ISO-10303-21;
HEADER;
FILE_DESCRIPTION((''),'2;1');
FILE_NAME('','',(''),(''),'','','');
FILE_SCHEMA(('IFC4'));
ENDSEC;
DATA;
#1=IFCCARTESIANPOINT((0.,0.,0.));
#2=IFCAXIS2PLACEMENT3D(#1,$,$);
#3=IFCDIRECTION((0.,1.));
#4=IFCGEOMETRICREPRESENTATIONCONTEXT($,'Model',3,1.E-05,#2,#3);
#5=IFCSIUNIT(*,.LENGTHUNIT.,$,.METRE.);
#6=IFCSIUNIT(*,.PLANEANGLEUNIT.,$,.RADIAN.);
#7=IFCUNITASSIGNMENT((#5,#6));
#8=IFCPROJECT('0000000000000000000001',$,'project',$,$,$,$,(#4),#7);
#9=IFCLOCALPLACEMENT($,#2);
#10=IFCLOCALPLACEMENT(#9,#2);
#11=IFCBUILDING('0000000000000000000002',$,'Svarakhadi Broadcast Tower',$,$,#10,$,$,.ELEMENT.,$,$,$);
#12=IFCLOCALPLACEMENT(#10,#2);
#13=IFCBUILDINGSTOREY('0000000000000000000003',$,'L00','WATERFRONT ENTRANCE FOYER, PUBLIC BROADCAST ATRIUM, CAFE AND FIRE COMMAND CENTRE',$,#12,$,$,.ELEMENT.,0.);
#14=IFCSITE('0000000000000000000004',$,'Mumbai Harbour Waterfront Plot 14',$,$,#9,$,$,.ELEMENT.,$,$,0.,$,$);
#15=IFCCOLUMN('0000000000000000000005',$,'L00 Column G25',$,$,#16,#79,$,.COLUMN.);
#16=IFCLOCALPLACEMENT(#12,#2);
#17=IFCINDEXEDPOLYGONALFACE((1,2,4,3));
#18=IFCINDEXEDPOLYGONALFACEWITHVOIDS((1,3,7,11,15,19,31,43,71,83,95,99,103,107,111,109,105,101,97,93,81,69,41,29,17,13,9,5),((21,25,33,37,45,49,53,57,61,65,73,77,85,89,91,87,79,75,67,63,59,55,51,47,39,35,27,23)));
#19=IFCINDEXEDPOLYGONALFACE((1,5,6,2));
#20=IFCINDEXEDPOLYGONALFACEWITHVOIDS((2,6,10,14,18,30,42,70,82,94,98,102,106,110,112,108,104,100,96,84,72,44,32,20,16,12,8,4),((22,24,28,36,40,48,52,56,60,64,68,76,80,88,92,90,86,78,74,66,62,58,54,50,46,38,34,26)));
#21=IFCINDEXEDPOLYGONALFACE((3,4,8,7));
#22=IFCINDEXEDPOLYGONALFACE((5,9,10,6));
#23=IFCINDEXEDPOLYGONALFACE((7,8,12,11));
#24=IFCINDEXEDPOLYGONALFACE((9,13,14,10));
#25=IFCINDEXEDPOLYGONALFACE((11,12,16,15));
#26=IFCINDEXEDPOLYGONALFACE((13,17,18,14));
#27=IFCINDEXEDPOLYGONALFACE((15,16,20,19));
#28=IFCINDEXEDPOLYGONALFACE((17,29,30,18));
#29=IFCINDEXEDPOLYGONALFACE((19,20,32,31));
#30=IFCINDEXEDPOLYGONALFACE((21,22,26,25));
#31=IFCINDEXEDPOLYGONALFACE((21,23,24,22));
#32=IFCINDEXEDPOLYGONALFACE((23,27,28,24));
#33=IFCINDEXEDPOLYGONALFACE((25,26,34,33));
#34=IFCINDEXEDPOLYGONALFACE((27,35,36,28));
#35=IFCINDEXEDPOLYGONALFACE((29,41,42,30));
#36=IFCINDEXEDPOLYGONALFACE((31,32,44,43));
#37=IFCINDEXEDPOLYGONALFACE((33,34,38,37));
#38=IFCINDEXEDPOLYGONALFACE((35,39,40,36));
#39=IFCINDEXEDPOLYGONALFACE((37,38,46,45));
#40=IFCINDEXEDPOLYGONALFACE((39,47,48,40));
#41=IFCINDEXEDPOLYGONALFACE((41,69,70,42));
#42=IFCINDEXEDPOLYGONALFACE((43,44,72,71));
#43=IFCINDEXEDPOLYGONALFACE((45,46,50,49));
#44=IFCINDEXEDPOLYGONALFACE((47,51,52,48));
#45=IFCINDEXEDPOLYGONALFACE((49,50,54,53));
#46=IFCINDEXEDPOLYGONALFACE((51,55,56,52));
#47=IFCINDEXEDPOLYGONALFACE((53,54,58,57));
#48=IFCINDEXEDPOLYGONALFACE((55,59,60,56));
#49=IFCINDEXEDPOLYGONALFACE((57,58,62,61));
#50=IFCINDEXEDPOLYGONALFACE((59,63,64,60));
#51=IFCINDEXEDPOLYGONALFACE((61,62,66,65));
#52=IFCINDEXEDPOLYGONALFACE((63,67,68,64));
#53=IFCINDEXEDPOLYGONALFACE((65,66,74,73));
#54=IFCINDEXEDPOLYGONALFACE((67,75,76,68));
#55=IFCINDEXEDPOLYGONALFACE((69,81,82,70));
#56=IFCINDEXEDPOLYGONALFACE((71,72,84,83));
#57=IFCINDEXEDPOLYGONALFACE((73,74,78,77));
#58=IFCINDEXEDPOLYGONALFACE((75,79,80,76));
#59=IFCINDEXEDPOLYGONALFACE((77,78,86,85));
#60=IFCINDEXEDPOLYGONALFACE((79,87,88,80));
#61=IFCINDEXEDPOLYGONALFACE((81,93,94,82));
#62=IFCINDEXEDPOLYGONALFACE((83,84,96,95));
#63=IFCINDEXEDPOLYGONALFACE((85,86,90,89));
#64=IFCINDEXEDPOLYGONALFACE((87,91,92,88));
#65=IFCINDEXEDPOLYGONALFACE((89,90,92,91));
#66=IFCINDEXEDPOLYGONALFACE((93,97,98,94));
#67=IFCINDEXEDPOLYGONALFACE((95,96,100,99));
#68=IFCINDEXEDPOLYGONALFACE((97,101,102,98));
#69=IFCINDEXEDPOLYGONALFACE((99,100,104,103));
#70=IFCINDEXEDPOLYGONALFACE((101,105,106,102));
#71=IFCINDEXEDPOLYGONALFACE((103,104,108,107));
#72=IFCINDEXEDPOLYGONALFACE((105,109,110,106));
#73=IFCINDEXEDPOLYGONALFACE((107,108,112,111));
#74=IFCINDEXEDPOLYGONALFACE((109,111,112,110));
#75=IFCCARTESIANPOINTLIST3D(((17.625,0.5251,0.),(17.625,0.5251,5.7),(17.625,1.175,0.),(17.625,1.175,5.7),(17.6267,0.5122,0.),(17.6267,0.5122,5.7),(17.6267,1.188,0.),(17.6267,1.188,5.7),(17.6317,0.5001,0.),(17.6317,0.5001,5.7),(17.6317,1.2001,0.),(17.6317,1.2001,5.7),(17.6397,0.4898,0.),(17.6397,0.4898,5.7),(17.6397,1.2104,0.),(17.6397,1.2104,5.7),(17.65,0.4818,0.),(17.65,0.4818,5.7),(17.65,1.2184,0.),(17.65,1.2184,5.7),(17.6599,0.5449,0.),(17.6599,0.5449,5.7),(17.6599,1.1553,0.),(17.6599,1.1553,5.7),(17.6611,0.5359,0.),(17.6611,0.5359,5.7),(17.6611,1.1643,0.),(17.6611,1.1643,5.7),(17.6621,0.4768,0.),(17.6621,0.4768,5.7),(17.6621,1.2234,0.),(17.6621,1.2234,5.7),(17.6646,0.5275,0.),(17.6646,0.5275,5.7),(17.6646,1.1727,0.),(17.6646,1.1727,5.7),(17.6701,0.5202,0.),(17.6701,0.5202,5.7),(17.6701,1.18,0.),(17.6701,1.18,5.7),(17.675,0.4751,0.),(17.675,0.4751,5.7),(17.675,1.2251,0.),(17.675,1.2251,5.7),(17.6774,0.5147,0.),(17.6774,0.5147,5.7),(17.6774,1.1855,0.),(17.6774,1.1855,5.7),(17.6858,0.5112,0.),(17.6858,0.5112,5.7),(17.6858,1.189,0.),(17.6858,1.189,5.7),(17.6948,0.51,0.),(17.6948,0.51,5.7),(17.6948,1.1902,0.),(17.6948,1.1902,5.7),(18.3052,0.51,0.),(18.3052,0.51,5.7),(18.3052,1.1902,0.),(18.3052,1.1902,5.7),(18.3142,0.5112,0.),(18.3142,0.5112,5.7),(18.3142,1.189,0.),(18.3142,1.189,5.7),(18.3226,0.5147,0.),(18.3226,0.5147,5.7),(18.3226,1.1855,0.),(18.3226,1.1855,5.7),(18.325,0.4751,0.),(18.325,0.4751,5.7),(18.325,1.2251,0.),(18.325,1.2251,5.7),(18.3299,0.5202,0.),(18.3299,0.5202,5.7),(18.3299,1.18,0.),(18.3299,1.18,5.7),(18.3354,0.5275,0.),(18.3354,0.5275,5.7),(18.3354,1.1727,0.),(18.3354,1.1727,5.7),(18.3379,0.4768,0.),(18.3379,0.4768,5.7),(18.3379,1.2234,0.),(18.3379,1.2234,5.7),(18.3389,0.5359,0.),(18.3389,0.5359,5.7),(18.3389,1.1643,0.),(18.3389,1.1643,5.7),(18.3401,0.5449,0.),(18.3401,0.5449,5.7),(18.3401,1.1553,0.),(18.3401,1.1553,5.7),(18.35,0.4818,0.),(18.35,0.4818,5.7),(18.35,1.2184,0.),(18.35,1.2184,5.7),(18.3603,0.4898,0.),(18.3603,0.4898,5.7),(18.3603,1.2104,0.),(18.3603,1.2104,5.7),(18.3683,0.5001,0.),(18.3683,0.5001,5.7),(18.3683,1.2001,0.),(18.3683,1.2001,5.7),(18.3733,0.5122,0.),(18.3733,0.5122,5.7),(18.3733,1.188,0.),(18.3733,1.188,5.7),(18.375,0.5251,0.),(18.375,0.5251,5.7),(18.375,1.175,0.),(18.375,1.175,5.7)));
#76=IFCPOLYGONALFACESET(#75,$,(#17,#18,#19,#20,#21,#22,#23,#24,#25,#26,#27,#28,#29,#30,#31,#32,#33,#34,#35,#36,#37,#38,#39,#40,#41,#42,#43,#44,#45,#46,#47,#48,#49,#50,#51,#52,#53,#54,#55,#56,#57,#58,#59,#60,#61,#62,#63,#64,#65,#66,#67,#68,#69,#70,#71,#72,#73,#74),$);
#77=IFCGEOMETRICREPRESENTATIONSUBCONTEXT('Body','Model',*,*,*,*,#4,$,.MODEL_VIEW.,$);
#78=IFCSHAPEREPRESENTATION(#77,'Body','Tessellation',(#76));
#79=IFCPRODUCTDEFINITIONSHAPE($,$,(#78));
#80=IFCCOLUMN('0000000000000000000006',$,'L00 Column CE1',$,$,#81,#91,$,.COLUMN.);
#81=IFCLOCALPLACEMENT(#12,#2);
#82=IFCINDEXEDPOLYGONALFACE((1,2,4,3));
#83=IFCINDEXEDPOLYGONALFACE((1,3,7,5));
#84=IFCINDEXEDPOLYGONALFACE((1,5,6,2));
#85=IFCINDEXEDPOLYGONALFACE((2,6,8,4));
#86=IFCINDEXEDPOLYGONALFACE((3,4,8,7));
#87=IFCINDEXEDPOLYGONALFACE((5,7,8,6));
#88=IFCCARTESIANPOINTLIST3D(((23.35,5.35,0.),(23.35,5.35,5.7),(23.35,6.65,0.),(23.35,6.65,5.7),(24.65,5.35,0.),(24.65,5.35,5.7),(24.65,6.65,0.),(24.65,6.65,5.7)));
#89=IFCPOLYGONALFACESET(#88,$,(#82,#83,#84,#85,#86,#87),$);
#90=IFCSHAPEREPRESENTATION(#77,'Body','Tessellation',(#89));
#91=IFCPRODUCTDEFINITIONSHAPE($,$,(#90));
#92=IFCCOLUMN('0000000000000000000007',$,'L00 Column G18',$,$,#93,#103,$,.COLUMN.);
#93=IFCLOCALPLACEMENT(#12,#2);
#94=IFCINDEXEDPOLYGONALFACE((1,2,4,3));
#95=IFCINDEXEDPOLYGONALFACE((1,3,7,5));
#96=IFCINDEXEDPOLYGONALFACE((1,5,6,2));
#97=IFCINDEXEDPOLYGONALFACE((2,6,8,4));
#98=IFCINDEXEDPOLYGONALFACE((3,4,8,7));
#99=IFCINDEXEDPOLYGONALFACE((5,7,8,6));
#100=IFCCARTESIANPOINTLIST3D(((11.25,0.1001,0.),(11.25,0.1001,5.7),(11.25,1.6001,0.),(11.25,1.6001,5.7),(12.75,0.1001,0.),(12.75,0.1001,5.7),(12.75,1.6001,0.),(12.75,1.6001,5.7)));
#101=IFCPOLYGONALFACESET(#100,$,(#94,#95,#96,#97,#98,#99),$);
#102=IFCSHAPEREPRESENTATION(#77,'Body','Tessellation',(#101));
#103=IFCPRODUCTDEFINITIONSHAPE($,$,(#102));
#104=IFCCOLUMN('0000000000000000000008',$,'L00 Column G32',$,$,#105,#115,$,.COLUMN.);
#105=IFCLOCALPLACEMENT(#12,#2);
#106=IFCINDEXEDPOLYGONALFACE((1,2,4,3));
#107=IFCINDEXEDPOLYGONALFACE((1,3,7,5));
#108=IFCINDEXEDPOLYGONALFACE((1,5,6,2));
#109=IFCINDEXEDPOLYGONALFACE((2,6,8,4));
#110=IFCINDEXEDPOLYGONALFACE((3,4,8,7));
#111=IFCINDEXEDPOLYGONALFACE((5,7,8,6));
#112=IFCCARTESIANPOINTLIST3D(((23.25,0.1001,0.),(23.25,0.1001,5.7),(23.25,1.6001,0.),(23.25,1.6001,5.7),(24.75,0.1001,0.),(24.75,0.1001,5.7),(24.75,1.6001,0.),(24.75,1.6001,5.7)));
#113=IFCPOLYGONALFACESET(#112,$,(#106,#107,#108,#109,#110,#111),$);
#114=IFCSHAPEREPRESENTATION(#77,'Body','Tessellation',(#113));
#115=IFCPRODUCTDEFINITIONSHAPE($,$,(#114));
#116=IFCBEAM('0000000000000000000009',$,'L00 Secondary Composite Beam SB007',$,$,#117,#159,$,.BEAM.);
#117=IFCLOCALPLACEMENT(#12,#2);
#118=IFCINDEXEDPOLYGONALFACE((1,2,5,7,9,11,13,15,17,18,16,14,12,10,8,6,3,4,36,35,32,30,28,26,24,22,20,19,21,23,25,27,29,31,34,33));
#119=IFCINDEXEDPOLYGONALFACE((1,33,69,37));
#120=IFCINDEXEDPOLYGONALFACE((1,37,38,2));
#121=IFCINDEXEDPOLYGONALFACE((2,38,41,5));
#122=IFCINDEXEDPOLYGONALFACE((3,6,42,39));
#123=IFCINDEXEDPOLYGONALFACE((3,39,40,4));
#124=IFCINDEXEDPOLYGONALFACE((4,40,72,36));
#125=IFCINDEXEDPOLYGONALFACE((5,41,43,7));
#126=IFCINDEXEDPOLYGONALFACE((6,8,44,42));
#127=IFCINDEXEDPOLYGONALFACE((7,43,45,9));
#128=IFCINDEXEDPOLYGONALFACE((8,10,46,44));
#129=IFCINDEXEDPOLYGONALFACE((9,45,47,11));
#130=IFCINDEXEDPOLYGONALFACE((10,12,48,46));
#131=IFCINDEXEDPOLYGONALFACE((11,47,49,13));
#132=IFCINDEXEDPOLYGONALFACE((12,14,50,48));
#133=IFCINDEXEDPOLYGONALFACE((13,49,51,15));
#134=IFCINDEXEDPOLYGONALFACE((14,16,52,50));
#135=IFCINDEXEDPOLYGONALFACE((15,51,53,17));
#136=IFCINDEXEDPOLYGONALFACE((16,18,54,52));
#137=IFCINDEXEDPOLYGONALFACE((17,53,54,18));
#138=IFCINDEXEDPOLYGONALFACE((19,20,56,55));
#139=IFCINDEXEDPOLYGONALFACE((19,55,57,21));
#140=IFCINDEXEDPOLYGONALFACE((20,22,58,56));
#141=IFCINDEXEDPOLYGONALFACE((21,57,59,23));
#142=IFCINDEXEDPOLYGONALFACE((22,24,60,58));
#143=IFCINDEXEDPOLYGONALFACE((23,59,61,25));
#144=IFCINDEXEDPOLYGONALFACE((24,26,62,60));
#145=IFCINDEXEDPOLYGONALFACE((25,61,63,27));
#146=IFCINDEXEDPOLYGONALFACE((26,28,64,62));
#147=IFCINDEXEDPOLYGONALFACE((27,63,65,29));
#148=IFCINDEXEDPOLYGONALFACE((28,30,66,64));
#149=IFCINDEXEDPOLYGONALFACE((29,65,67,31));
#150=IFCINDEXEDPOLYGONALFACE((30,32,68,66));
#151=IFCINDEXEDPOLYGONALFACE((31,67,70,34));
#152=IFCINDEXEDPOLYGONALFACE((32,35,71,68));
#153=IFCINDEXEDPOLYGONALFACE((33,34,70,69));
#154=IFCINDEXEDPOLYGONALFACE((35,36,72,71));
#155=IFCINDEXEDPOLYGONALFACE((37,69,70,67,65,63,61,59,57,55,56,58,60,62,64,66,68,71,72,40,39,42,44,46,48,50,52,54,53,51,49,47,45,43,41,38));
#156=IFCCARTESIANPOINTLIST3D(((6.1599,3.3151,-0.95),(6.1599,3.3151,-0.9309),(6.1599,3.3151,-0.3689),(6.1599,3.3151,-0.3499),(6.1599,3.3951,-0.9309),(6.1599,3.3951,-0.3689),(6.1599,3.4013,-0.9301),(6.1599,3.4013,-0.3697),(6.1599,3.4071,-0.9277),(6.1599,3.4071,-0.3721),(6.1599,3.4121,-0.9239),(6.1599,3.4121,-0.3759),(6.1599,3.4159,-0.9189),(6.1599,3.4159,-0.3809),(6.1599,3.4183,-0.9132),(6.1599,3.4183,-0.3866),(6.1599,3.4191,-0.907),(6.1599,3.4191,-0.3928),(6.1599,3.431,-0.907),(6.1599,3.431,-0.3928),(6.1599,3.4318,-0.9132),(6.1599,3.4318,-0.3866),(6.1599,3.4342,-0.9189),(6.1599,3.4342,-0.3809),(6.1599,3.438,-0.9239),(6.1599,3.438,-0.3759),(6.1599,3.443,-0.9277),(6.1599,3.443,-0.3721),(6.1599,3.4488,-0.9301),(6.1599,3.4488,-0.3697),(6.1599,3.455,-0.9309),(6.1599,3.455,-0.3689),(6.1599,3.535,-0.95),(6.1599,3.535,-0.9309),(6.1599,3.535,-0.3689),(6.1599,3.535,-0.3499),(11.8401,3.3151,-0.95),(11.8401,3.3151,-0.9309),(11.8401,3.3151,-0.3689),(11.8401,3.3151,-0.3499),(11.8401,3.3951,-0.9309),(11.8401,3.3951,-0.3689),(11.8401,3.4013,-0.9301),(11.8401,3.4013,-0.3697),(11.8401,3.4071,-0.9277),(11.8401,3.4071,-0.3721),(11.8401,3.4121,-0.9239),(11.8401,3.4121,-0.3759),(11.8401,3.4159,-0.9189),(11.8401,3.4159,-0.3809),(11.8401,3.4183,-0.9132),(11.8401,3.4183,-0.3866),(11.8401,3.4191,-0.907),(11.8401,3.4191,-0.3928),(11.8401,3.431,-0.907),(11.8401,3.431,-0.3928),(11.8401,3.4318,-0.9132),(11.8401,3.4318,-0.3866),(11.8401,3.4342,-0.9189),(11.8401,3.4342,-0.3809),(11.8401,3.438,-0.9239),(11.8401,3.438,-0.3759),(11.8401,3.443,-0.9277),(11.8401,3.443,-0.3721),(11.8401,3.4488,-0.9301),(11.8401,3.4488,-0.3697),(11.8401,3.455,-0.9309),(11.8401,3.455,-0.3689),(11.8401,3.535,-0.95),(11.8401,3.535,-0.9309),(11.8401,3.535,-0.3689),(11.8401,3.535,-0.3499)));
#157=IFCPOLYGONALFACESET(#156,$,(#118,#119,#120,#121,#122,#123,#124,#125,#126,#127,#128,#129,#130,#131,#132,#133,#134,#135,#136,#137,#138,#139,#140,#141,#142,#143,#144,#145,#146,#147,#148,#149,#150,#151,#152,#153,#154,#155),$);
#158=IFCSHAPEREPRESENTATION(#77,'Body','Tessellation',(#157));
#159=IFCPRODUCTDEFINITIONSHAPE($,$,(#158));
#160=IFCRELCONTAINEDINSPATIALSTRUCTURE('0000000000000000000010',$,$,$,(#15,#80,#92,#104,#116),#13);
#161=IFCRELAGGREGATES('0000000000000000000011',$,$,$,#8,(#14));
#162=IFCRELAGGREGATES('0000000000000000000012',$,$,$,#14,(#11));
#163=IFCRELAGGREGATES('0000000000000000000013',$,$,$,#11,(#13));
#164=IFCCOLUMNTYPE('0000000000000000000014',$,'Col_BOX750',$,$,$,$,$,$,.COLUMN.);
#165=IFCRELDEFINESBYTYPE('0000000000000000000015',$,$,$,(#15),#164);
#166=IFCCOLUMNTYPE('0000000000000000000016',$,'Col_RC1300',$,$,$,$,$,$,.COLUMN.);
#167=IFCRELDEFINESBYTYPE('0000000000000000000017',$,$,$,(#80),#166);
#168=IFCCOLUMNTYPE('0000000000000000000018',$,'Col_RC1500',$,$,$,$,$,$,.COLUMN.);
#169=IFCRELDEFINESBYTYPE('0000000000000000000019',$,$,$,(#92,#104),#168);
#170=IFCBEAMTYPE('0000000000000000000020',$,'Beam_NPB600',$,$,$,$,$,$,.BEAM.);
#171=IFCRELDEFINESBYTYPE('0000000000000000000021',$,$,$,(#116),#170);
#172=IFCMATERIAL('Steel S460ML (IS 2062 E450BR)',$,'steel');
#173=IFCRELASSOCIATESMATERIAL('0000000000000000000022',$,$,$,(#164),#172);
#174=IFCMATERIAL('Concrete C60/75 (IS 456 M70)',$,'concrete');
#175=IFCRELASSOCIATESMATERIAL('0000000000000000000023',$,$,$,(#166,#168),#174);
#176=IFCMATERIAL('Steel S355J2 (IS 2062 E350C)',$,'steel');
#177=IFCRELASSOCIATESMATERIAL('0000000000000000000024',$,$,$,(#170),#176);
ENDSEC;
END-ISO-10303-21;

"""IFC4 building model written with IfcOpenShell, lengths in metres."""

from ifc_helpers import new_model, si_unit, direction, frame, origin, origin_2d, place, context, subcontext, project, spatial, rectangle, hollow_rectangle, i_section, extrude, material, material_profile, profile_set, type_object, element, save


model = new_model("IFC4")

# Units and contexts
model_context = context("Model", 3, precision=1e-05, world=origin(), true_north=direction((0.0, 1.0)))
body_context = subcontext(model_context, "Body", "Model", "MODEL_VIEW")
ifc_project = project(units=[si_unit("LENGTHUNIT", "METRE"), si_unit("PLANEANGLEUNIT", "RADIAN")], contexts=[model_context])

# Site, building, storey
site_placement = place(None, origin())
site = spatial("IfcSite", under=ifc_project, at=site_placement, Name="Mumbai Harbour Waterfront Plot 14", CompositionType="ELEMENT", RefElevation=0.0)
building_placement = place(site_placement, origin())
building = spatial("IfcBuilding", under=site, at=building_placement, Name="Svarakhadi Broadcast Tower", CompositionType="ELEMENT")
storey_placement = place(building_placement, origin())
storey = spatial("IfcBuildingStorey", under=building, at=storey_placement, Name="L00", Description="WATERFRONT ENTRANCE FOYER, PUBLIC BROADCAST ATRIUM, CAFE AND FIRE COMMAND CENTRE", CompositionType="ELEMENT", Elevation=0.0)

# Columns
ifc_material_1 = material(Name="Steel S460ML (IS 2062 E450BR)", Category="steel")
ifc_material_profile_1 = material_profile(ifc_material_1, hollow_rectangle(XDim=0.75, YDim=0.75, WallThickness=0.0349, InnerFilletRadius=0.0349, OuterFilletRadius=0.05, at=origin_2d()), Name="BOX 750x750x35")
ifc_profile_set_1 = profile_set([ifc_material_profile_1], Name="Steel S460ML (IS 2062 E450BR)")
column_type_1 = type_object("IfcColumnType", Name="Col_BOX750", PredefinedType="COLUMN", material=ifc_profile_set_1)
column_1_placement = place(storey_placement, frame((18.0, 0.8501, 0.0), z_axis=(0.0, 0.0, 1.0), x_axis=(1.0, 0.0, 0.0)))
element("IfcColumn", 1, at=column_1_placement, inside=storey, type_object=column_type_1, Name="L00 Column G25", PredefinedType="COLUMN", context=body_context, shape_type="SweptSolid", body=[
    extrude(hollow_rectangle(XDim=0.75, YDim=0.75, WallThickness=0.0349, InnerFilletRadius=0.0349, OuterFilletRadius=0.05, at=origin_2d()), origin(), (0.0, 0.0, 1.0), 5.7),
])
ifc_material_2 = material(Name="Concrete C60/75 (IS 456 M70)", Category="concrete")
ifc_material_profile_2 = material_profile(ifc_material_2, rectangle(XDim=1.3, YDim=1.3, at=origin_2d()), Name="RC 1300x1300")
ifc_profile_set_2 = profile_set([ifc_material_profile_2], Name="Concrete C60/75 (IS 456 M70)")
column_type_2 = type_object("IfcColumnType", Name="Col_RC1300", PredefinedType="COLUMN", material=ifc_profile_set_2)
column_2_placement = place(storey_placement, frame((24.0, 6.0, 0.0), z_axis=(0.0, 0.0, 1.0), x_axis=(1.0, 0.0, 0.0)))
element("IfcColumn", 2, at=column_2_placement, inside=storey, type_object=column_type_2, Name="L00 Column CE1", PredefinedType="COLUMN", context=body_context, shape_type="SweptSolid", body=[
    extrude(rectangle(XDim=1.3, YDim=1.3, at=origin_2d()), origin(), (0.0, 0.0, 1.0), 5.7),
])
ifc_material_profile_3 = material_profile(ifc_material_2, rectangle(XDim=1.5, YDim=1.5, at=origin_2d()), Name="RC 1500x1500")
ifc_profile_set_3 = profile_set([ifc_material_profile_3], Name="Concrete C60/75 (IS 456 M70)")
column_type_3 = type_object("IfcColumnType", Name="Col_RC1500", PredefinedType="COLUMN", material=ifc_profile_set_3)
for number, where, z_axis, x_axis, name in (
    (3, (12.0, 0.8501, 0.0), (0.0, 0.0, 1.0), (1.0, 0.0, 0.0), "L00 Column G18"),
    (4, (24.0, 0.8501, 0.0), (0.0, 0.0, 1.0), (1.0, 0.0, 0.0), "L00 Column G32"),
):
    element("IfcColumn", number, at=place(storey_placement, frame(where, z_axis=z_axis, x_axis=x_axis)), inside=storey, type_object=column_type_3, Name=name, PredefinedType="COLUMN", context=body_context, shape_type="SweptSolid", body=[
        extrude(rectangle(XDim=1.5, YDim=1.5, at=origin_2d()), origin(), (0.0, 0.0, 1.0), 5.7),
    ])

# Beam
ifc_material_3 = material(Name="Steel S355J2 (IS 2062 E350C)", Category="steel")
ifc_material_profile_4 = material_profile(ifc_material_3, i_section(OverallWidth=0.22, OverallDepth=0.6001, WebThickness=0.012, FlangeThickness=0.019, FilletRadius=0.0239, at=origin_2d()), Name="NPB 600x220x122")
ifc_profile_set_4 = profile_set([ifc_material_profile_4], Name="Steel S355J2 (IS 2062 E350C)")
beam_type_1 = type_object("IfcBeamType", Name="Beam_NPB600", PredefinedType="BEAM", material=ifc_profile_set_4)
for number, where, z_axis, x_axis, name in (
    (5, (6.1599, 3.425, -0.6499), (1.0, 0.0, 0.0), (0.0, 1.0, 0.0), "L00 Secondary Composite Beam SB007"),
):
    element("IfcBeam", number, at=place(storey_placement, frame(where, z_axis=z_axis, x_axis=x_axis)), inside=storey, type_object=beam_type_1, Name=name, PredefinedType="BEAM", context=body_context, shape_type="SweptSolid", body=[
        extrude(i_section(OverallWidth=0.22, OverallDepth=0.6001, WebThickness=0.012, FlangeThickness=0.019, FilletRadius=0.0239, at=origin_2d()), origin(), (0.0, 0.0, 1.0), 5.6802),
    ])

save(model, "model.ifc")
